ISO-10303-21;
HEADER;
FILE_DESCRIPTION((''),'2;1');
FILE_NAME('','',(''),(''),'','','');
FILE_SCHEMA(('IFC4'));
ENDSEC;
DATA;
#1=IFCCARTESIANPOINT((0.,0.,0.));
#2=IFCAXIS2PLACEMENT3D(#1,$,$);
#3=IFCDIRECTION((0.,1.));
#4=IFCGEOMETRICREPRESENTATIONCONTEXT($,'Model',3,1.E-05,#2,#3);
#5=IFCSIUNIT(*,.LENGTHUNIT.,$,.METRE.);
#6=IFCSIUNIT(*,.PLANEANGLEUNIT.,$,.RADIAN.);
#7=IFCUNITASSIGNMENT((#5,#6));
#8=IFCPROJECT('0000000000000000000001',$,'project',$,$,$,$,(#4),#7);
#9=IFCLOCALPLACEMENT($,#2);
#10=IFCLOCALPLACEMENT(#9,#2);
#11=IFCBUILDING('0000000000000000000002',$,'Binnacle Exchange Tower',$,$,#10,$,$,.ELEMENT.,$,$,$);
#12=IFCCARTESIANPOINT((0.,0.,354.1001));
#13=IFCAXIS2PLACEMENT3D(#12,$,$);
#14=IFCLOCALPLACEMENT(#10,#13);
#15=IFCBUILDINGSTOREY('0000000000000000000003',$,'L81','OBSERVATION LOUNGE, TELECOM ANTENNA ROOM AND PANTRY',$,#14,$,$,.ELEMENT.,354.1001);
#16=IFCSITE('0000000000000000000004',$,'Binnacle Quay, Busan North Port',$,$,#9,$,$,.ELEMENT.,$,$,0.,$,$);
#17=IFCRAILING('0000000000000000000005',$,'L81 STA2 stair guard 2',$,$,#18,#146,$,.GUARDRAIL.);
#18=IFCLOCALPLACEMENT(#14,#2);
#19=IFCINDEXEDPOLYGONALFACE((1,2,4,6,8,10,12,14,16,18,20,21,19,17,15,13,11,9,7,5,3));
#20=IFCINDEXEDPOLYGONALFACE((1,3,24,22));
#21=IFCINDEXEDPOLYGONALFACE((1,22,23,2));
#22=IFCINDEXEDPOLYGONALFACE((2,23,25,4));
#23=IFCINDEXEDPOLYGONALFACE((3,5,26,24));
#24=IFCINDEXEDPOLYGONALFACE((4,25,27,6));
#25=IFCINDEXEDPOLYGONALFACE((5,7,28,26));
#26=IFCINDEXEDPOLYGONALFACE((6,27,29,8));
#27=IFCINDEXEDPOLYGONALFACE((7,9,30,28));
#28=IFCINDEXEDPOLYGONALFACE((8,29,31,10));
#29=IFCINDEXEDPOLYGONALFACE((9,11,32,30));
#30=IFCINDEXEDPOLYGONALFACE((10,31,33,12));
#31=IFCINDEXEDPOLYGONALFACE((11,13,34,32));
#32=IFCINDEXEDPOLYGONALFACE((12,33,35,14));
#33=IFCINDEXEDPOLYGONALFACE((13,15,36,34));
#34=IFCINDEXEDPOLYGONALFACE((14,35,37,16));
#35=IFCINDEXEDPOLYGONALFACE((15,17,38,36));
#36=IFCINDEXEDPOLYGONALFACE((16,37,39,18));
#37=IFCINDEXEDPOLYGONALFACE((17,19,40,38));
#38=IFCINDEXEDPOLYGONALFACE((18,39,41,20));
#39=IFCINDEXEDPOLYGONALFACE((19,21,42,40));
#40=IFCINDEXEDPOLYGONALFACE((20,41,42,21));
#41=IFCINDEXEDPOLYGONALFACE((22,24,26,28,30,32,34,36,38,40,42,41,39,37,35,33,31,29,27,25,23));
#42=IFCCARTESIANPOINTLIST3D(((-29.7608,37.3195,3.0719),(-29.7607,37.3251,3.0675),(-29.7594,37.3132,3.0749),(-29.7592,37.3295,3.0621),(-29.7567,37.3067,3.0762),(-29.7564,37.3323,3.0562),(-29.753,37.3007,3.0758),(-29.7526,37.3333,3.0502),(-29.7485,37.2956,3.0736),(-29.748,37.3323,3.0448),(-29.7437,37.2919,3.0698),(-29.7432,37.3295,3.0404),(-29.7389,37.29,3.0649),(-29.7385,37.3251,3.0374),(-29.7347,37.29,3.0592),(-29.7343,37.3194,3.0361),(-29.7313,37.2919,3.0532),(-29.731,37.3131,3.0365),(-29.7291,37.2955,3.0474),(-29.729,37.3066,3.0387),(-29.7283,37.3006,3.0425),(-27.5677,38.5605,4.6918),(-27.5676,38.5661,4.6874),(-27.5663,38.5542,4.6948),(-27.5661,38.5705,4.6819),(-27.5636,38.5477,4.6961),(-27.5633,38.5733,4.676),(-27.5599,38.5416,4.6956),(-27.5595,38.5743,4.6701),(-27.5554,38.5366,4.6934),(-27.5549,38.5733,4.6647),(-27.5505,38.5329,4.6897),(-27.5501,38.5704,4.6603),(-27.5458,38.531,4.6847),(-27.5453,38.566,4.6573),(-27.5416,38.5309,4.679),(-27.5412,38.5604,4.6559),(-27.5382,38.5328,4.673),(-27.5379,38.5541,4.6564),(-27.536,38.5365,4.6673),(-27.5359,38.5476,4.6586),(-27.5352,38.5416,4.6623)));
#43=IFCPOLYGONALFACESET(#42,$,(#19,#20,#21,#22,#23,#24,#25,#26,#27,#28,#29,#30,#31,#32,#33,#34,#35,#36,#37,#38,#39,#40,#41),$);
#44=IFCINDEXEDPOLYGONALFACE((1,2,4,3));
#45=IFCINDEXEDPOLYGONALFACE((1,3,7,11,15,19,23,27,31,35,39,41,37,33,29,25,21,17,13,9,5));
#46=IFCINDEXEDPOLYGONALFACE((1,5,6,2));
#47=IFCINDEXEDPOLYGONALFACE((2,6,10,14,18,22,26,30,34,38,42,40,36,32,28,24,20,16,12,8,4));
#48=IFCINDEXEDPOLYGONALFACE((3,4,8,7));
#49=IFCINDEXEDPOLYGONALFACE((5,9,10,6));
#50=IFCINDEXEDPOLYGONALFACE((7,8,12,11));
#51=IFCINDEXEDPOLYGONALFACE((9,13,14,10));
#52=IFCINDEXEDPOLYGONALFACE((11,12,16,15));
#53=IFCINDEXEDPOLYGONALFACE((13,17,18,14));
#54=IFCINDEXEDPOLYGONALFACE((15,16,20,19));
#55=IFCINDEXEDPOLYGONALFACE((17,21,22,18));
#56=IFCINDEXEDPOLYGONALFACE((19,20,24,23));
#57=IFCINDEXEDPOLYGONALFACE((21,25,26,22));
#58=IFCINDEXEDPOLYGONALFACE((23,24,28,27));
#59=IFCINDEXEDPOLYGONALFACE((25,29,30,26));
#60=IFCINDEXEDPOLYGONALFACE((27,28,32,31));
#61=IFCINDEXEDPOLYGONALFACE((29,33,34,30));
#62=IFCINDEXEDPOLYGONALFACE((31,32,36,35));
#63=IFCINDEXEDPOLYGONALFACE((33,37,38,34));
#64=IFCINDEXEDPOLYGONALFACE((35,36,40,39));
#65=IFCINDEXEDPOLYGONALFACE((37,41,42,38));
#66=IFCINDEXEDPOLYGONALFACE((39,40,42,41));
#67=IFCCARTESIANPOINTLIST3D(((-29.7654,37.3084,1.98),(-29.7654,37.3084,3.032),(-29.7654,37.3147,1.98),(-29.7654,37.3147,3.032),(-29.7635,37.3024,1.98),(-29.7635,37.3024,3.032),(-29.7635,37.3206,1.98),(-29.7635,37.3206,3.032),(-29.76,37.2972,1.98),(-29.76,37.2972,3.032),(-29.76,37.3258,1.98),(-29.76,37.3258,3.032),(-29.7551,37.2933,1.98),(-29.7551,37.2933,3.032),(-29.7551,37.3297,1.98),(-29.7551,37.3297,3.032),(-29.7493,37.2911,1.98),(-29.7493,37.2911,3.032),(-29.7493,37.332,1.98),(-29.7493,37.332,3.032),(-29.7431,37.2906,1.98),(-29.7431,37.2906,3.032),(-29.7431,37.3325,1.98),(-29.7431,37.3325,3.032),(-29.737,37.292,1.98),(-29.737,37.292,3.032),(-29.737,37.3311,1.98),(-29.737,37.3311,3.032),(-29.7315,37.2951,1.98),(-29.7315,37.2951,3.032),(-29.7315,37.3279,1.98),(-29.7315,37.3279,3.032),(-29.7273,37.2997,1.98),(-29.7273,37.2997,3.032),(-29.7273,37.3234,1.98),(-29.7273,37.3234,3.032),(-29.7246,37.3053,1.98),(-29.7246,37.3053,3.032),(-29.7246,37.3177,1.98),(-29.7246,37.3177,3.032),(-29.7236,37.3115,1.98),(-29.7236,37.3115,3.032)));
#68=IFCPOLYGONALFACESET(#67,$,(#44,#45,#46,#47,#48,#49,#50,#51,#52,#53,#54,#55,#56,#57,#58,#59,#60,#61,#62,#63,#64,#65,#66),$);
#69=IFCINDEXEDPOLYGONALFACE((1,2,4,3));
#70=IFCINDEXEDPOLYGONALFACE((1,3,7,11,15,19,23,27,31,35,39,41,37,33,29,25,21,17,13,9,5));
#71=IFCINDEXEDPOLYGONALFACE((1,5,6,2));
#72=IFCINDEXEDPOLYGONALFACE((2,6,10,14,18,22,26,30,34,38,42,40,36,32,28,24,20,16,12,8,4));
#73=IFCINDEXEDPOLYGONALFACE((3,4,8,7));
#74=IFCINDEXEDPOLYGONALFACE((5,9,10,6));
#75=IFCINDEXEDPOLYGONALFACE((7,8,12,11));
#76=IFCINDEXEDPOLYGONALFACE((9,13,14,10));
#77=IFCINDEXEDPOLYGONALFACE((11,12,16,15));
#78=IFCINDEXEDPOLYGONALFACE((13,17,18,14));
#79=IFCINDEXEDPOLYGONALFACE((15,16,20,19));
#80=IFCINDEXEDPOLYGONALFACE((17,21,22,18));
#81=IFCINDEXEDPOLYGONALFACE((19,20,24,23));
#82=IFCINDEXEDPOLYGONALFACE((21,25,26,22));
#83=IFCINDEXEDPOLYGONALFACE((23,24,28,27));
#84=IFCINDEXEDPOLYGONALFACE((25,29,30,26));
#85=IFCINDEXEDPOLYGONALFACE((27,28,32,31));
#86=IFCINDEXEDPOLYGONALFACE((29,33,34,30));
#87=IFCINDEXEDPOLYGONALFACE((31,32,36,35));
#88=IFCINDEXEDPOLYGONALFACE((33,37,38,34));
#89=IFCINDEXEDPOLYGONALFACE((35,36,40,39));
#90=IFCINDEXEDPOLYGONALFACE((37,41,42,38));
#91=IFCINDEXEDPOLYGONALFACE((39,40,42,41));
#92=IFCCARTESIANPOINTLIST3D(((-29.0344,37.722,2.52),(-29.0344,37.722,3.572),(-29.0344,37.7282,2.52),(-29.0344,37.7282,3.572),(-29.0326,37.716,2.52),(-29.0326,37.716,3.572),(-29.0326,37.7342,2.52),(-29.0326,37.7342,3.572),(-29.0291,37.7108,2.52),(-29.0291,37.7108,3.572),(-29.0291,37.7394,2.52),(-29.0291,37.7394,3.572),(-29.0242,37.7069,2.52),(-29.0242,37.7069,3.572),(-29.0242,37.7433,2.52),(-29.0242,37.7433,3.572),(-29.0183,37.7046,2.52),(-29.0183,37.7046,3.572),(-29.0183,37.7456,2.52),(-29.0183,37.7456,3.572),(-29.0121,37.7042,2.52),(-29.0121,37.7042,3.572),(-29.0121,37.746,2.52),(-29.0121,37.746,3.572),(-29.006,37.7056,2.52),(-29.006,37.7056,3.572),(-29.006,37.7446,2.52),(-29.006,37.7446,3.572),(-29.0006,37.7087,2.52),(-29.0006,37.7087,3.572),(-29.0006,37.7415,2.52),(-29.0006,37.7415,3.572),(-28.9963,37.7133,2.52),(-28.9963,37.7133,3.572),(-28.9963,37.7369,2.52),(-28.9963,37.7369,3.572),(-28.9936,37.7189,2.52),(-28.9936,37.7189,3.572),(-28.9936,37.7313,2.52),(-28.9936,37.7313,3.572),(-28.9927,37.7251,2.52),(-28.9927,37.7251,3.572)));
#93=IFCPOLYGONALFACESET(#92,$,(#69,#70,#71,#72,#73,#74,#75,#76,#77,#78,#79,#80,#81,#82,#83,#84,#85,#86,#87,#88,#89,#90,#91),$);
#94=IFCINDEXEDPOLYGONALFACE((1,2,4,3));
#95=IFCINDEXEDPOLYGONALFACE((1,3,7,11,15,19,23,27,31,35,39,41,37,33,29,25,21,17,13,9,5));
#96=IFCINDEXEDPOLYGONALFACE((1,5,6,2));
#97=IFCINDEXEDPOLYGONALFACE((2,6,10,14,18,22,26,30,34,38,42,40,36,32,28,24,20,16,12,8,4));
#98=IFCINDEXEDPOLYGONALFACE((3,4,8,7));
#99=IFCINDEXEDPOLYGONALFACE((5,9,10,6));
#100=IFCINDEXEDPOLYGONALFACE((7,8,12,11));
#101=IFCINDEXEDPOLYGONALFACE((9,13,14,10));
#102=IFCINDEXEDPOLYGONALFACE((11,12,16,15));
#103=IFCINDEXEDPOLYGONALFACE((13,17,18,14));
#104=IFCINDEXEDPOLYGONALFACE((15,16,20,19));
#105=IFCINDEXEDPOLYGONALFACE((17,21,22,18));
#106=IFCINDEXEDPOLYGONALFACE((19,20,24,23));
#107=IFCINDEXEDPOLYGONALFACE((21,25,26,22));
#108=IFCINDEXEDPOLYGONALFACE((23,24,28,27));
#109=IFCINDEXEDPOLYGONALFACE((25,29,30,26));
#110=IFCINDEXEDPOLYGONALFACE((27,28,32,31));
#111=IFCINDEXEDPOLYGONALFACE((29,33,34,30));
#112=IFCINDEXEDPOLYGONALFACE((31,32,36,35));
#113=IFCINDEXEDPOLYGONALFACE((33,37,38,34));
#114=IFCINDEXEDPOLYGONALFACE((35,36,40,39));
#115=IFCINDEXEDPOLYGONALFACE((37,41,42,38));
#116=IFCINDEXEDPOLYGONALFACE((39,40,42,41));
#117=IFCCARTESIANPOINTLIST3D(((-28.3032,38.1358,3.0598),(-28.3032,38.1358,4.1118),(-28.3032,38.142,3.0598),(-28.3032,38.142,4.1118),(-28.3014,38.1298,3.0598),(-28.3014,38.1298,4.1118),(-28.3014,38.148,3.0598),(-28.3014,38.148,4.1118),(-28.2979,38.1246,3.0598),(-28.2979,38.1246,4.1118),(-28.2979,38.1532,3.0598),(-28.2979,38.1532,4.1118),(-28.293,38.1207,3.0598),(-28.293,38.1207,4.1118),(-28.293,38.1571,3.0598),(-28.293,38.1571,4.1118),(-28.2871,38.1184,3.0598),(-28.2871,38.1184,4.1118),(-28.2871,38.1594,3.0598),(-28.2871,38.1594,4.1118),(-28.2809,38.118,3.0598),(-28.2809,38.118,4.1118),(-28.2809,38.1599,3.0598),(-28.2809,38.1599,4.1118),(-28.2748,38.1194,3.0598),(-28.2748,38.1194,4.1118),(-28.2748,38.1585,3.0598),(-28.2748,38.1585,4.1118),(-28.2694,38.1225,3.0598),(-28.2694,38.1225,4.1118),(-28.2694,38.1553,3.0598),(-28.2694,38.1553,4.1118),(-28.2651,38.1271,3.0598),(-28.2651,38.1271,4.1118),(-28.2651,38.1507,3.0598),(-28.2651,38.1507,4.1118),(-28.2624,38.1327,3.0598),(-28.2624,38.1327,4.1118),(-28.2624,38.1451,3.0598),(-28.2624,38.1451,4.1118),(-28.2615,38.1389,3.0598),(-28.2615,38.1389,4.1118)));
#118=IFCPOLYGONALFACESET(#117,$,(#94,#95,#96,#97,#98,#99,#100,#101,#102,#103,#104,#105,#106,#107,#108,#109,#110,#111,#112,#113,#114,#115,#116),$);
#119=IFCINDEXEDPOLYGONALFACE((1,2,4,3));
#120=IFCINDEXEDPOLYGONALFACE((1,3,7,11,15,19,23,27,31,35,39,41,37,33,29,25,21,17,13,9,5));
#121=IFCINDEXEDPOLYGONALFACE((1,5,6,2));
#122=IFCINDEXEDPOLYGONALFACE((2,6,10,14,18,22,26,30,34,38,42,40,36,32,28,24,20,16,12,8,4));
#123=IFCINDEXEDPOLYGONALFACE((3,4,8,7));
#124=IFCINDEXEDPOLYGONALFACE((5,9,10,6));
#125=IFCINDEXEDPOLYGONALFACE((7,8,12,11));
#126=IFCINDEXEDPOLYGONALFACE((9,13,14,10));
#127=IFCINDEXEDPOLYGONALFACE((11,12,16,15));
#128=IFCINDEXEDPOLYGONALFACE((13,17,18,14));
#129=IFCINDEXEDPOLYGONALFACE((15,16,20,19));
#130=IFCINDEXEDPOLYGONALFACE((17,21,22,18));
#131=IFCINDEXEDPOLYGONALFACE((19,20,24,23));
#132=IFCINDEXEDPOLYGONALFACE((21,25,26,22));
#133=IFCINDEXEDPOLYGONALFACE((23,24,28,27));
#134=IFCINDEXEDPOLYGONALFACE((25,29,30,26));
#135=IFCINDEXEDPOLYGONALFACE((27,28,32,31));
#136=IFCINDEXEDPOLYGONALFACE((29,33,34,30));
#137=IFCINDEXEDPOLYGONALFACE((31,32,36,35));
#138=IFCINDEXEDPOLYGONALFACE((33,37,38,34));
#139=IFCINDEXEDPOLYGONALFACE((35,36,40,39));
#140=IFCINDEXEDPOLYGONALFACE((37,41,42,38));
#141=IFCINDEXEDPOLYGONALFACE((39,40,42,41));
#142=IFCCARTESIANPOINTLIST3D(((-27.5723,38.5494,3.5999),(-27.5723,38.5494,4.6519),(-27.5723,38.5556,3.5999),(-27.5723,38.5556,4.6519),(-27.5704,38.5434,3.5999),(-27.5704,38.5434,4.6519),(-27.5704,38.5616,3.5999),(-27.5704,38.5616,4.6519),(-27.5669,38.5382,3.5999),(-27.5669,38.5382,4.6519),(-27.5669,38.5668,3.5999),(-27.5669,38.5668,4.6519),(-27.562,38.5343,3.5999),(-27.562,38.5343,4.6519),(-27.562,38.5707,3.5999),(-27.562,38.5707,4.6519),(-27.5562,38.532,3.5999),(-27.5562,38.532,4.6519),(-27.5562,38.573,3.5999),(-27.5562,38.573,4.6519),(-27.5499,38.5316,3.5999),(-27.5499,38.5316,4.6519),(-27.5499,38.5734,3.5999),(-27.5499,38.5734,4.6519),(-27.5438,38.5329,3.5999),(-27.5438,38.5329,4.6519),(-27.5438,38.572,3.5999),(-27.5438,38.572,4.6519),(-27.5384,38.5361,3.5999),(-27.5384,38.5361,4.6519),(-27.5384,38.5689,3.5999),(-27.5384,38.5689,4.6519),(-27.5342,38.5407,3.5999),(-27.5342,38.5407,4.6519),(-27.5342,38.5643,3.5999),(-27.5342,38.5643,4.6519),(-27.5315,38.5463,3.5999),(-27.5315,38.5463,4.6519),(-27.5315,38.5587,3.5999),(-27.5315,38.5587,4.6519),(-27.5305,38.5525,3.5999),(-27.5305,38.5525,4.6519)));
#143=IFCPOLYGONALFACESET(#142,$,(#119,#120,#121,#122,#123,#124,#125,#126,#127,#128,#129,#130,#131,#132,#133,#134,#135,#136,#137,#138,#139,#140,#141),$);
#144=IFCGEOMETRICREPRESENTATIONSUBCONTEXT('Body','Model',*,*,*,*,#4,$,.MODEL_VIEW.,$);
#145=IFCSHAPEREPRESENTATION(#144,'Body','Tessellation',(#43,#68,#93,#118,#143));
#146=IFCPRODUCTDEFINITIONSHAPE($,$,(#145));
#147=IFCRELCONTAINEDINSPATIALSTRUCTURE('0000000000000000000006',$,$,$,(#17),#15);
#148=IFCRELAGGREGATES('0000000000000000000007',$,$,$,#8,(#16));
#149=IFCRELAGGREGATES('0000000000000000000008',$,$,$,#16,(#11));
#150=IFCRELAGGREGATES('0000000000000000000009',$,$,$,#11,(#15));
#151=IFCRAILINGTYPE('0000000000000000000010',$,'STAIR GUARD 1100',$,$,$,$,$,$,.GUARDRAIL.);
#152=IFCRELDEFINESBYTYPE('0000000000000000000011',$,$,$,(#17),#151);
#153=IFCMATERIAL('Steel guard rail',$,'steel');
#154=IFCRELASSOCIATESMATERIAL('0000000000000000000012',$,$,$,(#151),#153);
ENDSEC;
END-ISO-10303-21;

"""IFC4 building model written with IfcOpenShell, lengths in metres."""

from ifc_helpers import new_model, si_unit, direction, frame, origin, origin_2d, place, context, subcontext, project, spatial, circle, extrude, material, type_object, element, save


model = new_model("IFC4")

# Units and contexts
model_context = context("Model", 3, precision=1e-05, world=origin(), true_north=direction((0.0, 1.0)))
body_context = subcontext(model_context, "Body", "Model", "MODEL_VIEW")
ifc_project = project(units=[si_unit("LENGTHUNIT", "METRE"), si_unit("PLANEANGLEUNIT", "RADIAN")], contexts=[model_context])

# Site, building, storey
site_placement = place(None, origin())
site = spatial("IfcSite", under=ifc_project, at=site_placement, Name="Binnacle Quay, Busan North Port", CompositionType="ELEMENT", RefElevation=0.0)
building_placement = place(site_placement, origin())
building = spatial("IfcBuilding", under=site, at=building_placement, Name="Binnacle Exchange Tower", CompositionType="ELEMENT")
storey_placement = place(building_placement, frame((0.0, 0.0, 354.1001)))
storey = spatial("IfcBuildingStorey", under=building, at=storey_placement, Name="L81", Description="OBSERVATION LOUNGE, TELECOM ANTENNA ROOM AND PANTRY", CompositionType="ELEMENT", Elevation=354.1001)

# Railing
ifc_material_1 = material(Name="Steel guard rail", Category="steel")
railing_type_1 = type_object("IfcRailingType", Name="STAIR GUARD 1100", PredefinedType="GUARDRAIL", material=ifc_material_1)
railing_1_placement = place(storey_placement, frame((-29.7446, 37.3115, 1.98)))
element("IfcRailing", 1, at=railing_1_placement, inside=storey, type_object=railing_type_1, Name="L81 STA2 stair guard 2", PredefinedType="GUARDRAIL", context=body_context, shape_type="SweptSolid", body=[
    extrude(circle(Radius=0.0239, at=origin_2d()), frame((0.0, 0.0, 1.0762), z_axis=(0.732107, 0.41426, 0.540747), x_axis=(-0.492472, 0.870328, 0.0)), (0.0, 0.0, 1.0), 2.9956),
    extrude(circle(Radius=0.021, at=origin_2d()), origin(), (0.0, 0.0, 1.0), 1.052),
    extrude(circle(Radius=0.021, at=origin_2d()), frame((0.731, 0.4136, 0.54)), (0.0, 0.0, 1.0), 1.052),
    extrude(circle(Radius=0.021, at=origin_2d()), frame((1.4622, 0.8274, 1.0798)), (0.0, 0.0, 1.0), 1.052),
    extrude(circle(Radius=0.021, at=origin_2d()), frame((2.1931, 1.241, 1.6199)), (0.0, 0.0, 1.0), 1.052),
])

save(model, "model.ifc")
